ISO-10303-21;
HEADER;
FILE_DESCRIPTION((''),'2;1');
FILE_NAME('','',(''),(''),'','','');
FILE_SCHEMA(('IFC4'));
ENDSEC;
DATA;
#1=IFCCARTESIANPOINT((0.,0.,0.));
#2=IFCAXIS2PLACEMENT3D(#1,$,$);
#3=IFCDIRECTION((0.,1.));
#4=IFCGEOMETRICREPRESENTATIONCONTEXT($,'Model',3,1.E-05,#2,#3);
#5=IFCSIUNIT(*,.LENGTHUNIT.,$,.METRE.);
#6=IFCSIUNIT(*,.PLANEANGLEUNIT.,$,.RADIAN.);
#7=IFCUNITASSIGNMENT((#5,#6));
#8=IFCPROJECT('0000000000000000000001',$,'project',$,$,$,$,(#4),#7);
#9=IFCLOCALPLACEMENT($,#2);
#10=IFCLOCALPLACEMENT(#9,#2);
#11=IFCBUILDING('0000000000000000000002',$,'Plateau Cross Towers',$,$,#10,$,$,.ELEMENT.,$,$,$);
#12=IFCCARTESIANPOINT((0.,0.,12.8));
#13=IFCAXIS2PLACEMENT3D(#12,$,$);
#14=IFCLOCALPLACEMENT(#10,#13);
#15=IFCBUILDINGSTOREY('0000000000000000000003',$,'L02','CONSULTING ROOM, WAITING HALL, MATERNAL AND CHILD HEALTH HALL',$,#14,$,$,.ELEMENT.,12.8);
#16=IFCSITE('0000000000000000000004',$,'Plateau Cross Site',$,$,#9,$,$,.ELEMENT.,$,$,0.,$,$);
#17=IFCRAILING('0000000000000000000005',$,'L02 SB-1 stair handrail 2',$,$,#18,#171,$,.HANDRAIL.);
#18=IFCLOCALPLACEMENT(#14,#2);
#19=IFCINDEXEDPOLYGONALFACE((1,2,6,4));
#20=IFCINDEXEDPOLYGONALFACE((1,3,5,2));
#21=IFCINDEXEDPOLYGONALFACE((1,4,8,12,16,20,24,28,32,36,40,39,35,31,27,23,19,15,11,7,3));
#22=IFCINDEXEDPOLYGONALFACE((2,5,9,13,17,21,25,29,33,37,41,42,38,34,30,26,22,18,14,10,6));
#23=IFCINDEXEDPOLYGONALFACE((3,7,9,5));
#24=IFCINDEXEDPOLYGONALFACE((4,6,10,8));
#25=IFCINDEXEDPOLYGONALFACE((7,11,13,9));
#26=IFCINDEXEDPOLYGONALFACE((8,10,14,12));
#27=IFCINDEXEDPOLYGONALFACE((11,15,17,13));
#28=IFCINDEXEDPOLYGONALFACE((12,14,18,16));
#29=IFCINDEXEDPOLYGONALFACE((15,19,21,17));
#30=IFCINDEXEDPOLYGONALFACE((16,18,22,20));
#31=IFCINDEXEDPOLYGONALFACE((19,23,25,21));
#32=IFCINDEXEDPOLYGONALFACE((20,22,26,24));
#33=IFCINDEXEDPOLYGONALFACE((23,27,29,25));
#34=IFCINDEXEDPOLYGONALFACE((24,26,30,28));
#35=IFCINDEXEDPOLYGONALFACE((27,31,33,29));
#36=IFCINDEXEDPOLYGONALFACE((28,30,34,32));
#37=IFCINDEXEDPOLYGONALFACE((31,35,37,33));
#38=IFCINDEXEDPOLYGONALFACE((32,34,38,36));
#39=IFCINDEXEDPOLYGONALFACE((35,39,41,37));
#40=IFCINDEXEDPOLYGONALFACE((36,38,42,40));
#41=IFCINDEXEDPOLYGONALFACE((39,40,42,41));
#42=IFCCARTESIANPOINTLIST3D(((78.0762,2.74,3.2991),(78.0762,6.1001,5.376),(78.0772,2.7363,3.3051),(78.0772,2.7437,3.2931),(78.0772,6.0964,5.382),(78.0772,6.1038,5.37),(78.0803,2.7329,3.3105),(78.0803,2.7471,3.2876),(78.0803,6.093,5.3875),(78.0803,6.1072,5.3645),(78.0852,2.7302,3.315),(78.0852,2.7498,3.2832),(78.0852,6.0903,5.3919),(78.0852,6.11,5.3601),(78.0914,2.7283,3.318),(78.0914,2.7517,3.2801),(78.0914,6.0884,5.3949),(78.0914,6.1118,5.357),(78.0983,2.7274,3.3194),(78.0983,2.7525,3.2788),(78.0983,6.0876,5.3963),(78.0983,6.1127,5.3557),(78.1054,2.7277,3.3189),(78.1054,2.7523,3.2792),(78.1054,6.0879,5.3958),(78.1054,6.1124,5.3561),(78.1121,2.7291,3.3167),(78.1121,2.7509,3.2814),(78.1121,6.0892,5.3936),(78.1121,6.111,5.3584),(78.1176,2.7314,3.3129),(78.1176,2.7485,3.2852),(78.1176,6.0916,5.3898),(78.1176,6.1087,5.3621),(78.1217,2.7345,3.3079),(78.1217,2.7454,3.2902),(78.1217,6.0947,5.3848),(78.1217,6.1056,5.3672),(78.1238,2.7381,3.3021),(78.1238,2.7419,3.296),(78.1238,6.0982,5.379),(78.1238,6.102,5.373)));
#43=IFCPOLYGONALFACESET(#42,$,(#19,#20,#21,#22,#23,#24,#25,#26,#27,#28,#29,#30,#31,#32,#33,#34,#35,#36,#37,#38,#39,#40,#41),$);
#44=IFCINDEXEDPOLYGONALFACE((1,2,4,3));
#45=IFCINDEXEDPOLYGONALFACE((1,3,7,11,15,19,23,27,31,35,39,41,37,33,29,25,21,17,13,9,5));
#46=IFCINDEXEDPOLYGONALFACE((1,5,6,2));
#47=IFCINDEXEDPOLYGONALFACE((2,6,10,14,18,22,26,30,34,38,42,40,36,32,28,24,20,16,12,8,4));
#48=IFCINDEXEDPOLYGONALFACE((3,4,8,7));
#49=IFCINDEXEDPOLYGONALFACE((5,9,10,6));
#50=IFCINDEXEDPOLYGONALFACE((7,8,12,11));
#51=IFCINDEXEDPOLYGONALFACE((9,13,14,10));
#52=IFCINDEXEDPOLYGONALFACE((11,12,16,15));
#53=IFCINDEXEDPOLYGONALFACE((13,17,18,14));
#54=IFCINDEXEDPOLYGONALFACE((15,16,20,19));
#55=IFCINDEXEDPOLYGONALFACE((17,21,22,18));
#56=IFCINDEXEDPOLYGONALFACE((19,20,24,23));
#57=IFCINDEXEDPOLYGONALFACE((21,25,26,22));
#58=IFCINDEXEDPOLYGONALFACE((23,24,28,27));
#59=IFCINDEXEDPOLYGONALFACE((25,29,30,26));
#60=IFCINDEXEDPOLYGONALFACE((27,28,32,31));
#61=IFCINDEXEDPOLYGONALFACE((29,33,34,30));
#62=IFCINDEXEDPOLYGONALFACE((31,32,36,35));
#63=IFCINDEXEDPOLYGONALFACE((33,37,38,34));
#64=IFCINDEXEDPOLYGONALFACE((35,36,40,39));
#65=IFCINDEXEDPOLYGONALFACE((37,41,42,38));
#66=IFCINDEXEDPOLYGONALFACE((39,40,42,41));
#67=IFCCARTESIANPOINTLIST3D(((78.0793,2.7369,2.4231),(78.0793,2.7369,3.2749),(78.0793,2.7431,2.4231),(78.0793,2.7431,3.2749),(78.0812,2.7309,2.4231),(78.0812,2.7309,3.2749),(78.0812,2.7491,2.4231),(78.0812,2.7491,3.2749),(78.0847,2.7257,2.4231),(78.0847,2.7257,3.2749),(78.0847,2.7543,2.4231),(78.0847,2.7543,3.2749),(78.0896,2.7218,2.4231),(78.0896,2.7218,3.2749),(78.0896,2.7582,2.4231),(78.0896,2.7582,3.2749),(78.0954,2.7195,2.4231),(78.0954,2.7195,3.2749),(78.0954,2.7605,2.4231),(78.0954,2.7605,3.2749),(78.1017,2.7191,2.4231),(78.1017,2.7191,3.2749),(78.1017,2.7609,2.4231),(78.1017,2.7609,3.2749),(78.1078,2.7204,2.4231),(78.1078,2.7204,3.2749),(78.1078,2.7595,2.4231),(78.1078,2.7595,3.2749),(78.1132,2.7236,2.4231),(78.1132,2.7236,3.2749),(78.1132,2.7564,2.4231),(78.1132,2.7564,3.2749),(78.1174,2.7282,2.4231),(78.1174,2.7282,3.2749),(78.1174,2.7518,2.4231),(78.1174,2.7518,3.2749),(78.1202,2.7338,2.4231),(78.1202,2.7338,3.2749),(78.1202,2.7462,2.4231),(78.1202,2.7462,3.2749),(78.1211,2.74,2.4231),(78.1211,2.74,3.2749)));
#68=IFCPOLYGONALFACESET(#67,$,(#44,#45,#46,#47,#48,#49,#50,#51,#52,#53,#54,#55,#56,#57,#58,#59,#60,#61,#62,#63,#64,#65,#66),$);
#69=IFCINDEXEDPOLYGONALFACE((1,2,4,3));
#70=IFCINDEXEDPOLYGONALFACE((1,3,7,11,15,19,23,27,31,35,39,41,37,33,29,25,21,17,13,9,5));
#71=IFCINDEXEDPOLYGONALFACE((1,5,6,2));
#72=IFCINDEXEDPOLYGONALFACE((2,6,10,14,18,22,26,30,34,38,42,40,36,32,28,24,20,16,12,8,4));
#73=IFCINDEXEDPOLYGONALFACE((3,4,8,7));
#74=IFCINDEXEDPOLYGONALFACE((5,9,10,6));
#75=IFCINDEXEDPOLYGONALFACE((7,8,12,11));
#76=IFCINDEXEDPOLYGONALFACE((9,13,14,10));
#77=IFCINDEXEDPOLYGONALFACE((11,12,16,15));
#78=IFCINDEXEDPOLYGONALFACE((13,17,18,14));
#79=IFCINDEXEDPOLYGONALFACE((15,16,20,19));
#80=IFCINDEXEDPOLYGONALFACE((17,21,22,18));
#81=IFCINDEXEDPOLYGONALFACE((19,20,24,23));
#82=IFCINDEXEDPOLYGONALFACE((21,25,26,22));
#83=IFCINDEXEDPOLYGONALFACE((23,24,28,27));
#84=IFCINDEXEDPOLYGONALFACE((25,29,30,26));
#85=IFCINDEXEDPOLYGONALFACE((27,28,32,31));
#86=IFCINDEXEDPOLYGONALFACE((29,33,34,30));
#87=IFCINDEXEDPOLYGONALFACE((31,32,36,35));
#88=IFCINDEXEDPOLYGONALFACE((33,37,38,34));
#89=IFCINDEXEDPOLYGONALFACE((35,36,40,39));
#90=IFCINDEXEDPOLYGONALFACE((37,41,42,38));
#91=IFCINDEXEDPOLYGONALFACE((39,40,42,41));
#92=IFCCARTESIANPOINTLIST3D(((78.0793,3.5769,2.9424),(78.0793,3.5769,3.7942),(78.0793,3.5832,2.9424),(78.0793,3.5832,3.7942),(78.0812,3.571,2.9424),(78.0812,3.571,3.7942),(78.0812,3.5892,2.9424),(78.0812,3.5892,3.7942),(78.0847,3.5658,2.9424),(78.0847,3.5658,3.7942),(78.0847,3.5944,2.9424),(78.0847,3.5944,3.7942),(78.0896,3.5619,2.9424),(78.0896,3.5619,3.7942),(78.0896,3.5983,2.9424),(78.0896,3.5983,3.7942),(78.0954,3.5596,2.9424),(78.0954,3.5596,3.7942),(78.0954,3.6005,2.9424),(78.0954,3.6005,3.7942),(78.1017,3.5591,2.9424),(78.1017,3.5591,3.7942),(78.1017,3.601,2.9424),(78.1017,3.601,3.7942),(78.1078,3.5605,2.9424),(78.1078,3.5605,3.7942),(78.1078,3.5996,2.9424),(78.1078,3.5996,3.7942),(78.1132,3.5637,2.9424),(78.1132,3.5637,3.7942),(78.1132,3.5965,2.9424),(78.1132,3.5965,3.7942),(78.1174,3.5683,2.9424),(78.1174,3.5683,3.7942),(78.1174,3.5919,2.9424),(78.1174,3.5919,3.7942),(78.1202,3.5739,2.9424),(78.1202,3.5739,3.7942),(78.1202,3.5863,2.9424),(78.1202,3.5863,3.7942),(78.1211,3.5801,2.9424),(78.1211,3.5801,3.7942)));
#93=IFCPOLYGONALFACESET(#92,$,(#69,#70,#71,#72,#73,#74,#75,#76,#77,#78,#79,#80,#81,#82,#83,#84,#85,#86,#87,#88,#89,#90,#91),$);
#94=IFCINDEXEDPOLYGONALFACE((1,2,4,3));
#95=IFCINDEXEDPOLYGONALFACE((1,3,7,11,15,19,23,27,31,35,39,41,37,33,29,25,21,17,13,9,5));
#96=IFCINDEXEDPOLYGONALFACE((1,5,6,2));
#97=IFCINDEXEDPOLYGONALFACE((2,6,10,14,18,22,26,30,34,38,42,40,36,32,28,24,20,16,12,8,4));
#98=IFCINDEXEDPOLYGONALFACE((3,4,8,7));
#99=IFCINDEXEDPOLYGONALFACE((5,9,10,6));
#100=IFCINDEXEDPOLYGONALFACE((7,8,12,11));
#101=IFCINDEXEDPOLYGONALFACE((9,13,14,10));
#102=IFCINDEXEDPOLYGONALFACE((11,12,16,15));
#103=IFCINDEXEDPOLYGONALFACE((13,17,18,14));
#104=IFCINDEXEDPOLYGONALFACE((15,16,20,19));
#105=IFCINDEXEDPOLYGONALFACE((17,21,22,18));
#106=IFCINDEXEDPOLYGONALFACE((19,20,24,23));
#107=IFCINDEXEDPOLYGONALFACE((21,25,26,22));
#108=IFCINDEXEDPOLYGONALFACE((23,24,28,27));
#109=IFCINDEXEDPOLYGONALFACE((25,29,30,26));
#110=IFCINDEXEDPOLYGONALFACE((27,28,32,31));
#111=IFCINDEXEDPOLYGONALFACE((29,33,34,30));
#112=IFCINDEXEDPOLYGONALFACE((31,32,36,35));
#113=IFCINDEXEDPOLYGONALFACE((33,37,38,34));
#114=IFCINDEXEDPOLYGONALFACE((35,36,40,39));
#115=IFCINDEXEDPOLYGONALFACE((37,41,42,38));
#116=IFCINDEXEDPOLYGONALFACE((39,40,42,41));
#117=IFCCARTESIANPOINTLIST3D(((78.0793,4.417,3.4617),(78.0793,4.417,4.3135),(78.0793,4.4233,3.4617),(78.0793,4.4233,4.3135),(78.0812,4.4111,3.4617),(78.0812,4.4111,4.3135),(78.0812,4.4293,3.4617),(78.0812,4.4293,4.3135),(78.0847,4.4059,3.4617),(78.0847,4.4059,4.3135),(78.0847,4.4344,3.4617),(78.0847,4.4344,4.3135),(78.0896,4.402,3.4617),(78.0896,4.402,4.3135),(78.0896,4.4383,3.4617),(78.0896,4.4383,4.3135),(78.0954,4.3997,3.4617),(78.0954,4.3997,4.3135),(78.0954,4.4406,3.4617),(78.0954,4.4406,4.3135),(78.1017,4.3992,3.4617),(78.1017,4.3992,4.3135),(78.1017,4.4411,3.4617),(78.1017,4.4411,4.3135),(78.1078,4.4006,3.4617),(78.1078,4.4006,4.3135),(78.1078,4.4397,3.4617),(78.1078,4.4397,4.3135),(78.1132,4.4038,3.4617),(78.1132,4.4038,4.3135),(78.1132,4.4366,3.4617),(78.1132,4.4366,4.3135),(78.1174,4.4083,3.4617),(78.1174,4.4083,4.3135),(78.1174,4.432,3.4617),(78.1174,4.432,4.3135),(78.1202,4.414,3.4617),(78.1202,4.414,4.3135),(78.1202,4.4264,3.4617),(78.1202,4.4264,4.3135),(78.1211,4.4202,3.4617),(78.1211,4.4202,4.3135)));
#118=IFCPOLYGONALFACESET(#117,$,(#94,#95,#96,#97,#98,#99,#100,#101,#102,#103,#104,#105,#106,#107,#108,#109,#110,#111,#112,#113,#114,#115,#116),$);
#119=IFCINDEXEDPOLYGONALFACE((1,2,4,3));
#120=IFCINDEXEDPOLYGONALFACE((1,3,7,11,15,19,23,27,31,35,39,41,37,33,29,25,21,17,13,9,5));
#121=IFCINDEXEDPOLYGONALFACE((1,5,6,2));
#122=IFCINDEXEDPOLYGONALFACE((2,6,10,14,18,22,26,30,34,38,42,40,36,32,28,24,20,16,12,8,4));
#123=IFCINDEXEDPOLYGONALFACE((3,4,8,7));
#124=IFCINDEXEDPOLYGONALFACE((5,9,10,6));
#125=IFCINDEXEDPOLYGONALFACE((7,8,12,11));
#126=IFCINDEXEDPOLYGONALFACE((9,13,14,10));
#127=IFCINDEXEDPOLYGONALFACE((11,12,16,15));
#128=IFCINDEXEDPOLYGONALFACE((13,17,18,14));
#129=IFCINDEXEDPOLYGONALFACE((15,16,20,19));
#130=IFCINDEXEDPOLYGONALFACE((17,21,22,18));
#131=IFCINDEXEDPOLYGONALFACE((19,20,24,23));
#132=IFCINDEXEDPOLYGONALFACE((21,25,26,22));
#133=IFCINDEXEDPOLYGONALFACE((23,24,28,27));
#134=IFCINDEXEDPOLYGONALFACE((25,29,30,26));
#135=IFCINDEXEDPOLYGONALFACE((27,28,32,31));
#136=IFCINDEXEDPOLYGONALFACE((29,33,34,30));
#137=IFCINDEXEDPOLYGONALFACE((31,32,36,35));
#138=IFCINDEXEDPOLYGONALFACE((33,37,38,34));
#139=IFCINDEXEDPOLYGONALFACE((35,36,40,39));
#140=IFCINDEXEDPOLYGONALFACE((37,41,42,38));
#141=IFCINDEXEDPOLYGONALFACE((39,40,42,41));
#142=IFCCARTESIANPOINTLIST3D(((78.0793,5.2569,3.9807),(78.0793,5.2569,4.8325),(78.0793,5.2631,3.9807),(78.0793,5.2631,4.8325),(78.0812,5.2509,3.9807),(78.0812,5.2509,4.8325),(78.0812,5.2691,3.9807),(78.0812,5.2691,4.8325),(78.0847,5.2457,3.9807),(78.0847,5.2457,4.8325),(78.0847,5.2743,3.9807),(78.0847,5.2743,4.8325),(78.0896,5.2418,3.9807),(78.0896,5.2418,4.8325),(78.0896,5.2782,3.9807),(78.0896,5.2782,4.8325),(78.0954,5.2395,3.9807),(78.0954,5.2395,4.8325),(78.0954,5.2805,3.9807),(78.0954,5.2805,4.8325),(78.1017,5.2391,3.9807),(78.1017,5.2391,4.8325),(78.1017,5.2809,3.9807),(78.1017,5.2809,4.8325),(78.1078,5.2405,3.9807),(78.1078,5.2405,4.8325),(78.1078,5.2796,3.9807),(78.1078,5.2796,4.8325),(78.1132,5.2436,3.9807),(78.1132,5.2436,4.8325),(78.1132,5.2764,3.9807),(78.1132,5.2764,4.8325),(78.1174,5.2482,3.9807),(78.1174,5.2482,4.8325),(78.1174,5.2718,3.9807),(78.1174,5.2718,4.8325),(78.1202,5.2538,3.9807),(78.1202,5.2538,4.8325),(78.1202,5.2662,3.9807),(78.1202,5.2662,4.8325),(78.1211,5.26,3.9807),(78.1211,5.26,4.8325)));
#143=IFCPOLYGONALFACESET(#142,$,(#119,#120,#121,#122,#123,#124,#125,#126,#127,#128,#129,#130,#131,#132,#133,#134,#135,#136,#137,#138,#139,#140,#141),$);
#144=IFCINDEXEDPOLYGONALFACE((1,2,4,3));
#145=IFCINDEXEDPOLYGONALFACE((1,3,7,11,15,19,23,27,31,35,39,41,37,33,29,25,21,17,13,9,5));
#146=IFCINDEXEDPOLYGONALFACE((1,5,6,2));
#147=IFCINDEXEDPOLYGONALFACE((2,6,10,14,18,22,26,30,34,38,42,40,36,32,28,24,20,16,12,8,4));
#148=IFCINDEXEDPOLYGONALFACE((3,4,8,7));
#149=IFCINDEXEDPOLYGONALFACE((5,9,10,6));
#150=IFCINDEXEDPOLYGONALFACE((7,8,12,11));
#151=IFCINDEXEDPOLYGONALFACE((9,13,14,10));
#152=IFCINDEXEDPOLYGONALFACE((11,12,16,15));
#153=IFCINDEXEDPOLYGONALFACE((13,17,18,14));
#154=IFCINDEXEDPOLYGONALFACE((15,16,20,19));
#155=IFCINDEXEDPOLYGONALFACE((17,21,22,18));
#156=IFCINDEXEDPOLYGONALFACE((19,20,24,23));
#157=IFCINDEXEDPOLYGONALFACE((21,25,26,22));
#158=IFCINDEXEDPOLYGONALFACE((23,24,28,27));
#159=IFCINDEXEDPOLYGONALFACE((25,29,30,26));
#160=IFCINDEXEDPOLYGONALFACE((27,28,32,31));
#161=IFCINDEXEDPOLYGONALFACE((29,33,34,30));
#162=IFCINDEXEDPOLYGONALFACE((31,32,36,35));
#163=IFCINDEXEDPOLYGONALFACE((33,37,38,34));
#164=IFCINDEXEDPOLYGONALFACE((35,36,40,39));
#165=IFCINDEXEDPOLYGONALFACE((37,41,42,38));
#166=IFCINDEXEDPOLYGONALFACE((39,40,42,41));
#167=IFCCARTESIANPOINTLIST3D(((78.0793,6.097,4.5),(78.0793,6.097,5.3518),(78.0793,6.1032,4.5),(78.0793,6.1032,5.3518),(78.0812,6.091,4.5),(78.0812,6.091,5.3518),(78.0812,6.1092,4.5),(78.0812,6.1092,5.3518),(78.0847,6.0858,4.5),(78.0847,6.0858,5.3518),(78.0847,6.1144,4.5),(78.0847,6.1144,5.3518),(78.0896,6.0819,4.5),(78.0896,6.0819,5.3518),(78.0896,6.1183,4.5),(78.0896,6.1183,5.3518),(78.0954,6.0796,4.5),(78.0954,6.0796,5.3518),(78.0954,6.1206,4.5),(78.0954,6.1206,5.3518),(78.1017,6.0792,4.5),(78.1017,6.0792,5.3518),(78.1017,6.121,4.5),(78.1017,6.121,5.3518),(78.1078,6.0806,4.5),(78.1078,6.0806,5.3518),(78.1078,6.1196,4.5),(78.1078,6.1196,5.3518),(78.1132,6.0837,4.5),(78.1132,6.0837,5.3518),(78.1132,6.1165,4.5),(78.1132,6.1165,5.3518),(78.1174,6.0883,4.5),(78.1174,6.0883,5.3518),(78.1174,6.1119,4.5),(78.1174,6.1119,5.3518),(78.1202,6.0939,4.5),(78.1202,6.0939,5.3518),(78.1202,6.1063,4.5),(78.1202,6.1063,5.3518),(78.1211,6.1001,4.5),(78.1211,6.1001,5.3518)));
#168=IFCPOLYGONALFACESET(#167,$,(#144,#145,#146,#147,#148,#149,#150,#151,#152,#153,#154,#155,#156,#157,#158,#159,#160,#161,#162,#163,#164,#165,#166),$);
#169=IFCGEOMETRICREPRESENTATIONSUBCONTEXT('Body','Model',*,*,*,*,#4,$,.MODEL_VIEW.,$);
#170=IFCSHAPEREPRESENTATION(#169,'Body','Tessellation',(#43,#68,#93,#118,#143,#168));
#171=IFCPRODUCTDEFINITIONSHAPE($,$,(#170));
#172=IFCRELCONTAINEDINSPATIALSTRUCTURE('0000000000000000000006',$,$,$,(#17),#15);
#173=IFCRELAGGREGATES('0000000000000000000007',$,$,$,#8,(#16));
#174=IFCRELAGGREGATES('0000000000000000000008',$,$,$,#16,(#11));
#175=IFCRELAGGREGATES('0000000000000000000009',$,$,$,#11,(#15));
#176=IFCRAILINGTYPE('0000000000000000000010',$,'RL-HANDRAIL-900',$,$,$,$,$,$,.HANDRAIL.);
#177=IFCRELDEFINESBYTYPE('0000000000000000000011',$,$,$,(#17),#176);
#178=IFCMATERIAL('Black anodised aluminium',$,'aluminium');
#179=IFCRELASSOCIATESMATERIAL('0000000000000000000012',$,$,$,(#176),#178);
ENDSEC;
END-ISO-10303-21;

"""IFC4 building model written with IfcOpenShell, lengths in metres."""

from ifc_helpers import new_model, si_unit, direction, frame, origin, origin_2d, place, context, subcontext, project, spatial, circle, extrude, material, type_object, element, save


model = new_model("IFC4")

# Units and contexts
model_context = context("Model", 3, precision=1e-05, world=origin(), true_north=direction((0.0, 1.0)))
body_context = subcontext(model_context, "Body", "Model", "MODEL_VIEW")
ifc_project = project(units=[si_unit("LENGTHUNIT", "METRE"), si_unit("PLANEANGLEUNIT", "RADIAN")], contexts=[model_context])

# Site, building, storey
site_placement = place(None, origin())
site = spatial("IfcSite", under=ifc_project, at=site_placement, Name="Plateau Cross Site", CompositionType="ELEMENT", RefElevation=0.0)
building_placement = place(site_placement, origin())
building = spatial("IfcBuilding", under=site, at=building_placement, Name="Plateau Cross Towers", CompositionType="ELEMENT")
storey_placement = place(building_placement, frame((0.0, 0.0, 12.8)))
storey = spatial("IfcBuildingStorey", under=building, at=storey_placement, Name="L02", Description="CONSULTING ROOM, WAITING HALL, MATERNAL AND CHILD HEALTH HALL", CompositionType="ELEMENT", Elevation=12.8)

# Railing
ifc_material_1 = material(Name="Black anodised aluminium", Category="aluminium")
railing_type_1 = type_object("IfcRailingType", Name="RL-HANDRAIL-900", PredefinedType="HANDRAIL", material=ifc_material_1)
railing_1_placement = place(storey_placement, frame((78.1001, 2.74, 2.4231)))
element("IfcRailing", 1, at=railing_1_placement, inside=storey, type_object=railing_type_1, Name="L02 SB-1 stair handrail 2", PredefinedType="HANDRAIL", context=body_context, shape_type="SweptSolid", body=[
    extrude(circle(Radius=0.0239, at=origin_2d()), frame((0.0, 0.0, 0.876), z_axis=(0.0, 0.850623, 0.525776), x_axis=(-1.0, 0.0, 0.0)), (0.0, 0.0, 1.0), 3.9502),
    extrude(circle(Radius=0.021, at=origin_2d()), origin(), (0.0, 0.0, 1.0), 0.8518),
    extrude(circle(Radius=0.021, at=origin_2d()), frame((0.0, 0.8401, 0.5193)), (0.0, 0.0, 1.0), 0.8518),
    extrude(circle(Radius=0.021, at=origin_2d()), frame((0.0, 1.6802, 1.0386)), (0.0, 0.0, 1.0), 0.8518),
    extrude(circle(Radius=0.021, at=origin_2d()), frame((0.0, 2.52, 1.5576)), (0.0, 0.0, 1.0), 0.8518),
    extrude(circle(Radius=0.021, at=origin_2d()), frame((0.0, 3.3601, 2.0769)), (0.0, 0.0, 1.0), 0.8518),
])

save(model, "model.ifc")
